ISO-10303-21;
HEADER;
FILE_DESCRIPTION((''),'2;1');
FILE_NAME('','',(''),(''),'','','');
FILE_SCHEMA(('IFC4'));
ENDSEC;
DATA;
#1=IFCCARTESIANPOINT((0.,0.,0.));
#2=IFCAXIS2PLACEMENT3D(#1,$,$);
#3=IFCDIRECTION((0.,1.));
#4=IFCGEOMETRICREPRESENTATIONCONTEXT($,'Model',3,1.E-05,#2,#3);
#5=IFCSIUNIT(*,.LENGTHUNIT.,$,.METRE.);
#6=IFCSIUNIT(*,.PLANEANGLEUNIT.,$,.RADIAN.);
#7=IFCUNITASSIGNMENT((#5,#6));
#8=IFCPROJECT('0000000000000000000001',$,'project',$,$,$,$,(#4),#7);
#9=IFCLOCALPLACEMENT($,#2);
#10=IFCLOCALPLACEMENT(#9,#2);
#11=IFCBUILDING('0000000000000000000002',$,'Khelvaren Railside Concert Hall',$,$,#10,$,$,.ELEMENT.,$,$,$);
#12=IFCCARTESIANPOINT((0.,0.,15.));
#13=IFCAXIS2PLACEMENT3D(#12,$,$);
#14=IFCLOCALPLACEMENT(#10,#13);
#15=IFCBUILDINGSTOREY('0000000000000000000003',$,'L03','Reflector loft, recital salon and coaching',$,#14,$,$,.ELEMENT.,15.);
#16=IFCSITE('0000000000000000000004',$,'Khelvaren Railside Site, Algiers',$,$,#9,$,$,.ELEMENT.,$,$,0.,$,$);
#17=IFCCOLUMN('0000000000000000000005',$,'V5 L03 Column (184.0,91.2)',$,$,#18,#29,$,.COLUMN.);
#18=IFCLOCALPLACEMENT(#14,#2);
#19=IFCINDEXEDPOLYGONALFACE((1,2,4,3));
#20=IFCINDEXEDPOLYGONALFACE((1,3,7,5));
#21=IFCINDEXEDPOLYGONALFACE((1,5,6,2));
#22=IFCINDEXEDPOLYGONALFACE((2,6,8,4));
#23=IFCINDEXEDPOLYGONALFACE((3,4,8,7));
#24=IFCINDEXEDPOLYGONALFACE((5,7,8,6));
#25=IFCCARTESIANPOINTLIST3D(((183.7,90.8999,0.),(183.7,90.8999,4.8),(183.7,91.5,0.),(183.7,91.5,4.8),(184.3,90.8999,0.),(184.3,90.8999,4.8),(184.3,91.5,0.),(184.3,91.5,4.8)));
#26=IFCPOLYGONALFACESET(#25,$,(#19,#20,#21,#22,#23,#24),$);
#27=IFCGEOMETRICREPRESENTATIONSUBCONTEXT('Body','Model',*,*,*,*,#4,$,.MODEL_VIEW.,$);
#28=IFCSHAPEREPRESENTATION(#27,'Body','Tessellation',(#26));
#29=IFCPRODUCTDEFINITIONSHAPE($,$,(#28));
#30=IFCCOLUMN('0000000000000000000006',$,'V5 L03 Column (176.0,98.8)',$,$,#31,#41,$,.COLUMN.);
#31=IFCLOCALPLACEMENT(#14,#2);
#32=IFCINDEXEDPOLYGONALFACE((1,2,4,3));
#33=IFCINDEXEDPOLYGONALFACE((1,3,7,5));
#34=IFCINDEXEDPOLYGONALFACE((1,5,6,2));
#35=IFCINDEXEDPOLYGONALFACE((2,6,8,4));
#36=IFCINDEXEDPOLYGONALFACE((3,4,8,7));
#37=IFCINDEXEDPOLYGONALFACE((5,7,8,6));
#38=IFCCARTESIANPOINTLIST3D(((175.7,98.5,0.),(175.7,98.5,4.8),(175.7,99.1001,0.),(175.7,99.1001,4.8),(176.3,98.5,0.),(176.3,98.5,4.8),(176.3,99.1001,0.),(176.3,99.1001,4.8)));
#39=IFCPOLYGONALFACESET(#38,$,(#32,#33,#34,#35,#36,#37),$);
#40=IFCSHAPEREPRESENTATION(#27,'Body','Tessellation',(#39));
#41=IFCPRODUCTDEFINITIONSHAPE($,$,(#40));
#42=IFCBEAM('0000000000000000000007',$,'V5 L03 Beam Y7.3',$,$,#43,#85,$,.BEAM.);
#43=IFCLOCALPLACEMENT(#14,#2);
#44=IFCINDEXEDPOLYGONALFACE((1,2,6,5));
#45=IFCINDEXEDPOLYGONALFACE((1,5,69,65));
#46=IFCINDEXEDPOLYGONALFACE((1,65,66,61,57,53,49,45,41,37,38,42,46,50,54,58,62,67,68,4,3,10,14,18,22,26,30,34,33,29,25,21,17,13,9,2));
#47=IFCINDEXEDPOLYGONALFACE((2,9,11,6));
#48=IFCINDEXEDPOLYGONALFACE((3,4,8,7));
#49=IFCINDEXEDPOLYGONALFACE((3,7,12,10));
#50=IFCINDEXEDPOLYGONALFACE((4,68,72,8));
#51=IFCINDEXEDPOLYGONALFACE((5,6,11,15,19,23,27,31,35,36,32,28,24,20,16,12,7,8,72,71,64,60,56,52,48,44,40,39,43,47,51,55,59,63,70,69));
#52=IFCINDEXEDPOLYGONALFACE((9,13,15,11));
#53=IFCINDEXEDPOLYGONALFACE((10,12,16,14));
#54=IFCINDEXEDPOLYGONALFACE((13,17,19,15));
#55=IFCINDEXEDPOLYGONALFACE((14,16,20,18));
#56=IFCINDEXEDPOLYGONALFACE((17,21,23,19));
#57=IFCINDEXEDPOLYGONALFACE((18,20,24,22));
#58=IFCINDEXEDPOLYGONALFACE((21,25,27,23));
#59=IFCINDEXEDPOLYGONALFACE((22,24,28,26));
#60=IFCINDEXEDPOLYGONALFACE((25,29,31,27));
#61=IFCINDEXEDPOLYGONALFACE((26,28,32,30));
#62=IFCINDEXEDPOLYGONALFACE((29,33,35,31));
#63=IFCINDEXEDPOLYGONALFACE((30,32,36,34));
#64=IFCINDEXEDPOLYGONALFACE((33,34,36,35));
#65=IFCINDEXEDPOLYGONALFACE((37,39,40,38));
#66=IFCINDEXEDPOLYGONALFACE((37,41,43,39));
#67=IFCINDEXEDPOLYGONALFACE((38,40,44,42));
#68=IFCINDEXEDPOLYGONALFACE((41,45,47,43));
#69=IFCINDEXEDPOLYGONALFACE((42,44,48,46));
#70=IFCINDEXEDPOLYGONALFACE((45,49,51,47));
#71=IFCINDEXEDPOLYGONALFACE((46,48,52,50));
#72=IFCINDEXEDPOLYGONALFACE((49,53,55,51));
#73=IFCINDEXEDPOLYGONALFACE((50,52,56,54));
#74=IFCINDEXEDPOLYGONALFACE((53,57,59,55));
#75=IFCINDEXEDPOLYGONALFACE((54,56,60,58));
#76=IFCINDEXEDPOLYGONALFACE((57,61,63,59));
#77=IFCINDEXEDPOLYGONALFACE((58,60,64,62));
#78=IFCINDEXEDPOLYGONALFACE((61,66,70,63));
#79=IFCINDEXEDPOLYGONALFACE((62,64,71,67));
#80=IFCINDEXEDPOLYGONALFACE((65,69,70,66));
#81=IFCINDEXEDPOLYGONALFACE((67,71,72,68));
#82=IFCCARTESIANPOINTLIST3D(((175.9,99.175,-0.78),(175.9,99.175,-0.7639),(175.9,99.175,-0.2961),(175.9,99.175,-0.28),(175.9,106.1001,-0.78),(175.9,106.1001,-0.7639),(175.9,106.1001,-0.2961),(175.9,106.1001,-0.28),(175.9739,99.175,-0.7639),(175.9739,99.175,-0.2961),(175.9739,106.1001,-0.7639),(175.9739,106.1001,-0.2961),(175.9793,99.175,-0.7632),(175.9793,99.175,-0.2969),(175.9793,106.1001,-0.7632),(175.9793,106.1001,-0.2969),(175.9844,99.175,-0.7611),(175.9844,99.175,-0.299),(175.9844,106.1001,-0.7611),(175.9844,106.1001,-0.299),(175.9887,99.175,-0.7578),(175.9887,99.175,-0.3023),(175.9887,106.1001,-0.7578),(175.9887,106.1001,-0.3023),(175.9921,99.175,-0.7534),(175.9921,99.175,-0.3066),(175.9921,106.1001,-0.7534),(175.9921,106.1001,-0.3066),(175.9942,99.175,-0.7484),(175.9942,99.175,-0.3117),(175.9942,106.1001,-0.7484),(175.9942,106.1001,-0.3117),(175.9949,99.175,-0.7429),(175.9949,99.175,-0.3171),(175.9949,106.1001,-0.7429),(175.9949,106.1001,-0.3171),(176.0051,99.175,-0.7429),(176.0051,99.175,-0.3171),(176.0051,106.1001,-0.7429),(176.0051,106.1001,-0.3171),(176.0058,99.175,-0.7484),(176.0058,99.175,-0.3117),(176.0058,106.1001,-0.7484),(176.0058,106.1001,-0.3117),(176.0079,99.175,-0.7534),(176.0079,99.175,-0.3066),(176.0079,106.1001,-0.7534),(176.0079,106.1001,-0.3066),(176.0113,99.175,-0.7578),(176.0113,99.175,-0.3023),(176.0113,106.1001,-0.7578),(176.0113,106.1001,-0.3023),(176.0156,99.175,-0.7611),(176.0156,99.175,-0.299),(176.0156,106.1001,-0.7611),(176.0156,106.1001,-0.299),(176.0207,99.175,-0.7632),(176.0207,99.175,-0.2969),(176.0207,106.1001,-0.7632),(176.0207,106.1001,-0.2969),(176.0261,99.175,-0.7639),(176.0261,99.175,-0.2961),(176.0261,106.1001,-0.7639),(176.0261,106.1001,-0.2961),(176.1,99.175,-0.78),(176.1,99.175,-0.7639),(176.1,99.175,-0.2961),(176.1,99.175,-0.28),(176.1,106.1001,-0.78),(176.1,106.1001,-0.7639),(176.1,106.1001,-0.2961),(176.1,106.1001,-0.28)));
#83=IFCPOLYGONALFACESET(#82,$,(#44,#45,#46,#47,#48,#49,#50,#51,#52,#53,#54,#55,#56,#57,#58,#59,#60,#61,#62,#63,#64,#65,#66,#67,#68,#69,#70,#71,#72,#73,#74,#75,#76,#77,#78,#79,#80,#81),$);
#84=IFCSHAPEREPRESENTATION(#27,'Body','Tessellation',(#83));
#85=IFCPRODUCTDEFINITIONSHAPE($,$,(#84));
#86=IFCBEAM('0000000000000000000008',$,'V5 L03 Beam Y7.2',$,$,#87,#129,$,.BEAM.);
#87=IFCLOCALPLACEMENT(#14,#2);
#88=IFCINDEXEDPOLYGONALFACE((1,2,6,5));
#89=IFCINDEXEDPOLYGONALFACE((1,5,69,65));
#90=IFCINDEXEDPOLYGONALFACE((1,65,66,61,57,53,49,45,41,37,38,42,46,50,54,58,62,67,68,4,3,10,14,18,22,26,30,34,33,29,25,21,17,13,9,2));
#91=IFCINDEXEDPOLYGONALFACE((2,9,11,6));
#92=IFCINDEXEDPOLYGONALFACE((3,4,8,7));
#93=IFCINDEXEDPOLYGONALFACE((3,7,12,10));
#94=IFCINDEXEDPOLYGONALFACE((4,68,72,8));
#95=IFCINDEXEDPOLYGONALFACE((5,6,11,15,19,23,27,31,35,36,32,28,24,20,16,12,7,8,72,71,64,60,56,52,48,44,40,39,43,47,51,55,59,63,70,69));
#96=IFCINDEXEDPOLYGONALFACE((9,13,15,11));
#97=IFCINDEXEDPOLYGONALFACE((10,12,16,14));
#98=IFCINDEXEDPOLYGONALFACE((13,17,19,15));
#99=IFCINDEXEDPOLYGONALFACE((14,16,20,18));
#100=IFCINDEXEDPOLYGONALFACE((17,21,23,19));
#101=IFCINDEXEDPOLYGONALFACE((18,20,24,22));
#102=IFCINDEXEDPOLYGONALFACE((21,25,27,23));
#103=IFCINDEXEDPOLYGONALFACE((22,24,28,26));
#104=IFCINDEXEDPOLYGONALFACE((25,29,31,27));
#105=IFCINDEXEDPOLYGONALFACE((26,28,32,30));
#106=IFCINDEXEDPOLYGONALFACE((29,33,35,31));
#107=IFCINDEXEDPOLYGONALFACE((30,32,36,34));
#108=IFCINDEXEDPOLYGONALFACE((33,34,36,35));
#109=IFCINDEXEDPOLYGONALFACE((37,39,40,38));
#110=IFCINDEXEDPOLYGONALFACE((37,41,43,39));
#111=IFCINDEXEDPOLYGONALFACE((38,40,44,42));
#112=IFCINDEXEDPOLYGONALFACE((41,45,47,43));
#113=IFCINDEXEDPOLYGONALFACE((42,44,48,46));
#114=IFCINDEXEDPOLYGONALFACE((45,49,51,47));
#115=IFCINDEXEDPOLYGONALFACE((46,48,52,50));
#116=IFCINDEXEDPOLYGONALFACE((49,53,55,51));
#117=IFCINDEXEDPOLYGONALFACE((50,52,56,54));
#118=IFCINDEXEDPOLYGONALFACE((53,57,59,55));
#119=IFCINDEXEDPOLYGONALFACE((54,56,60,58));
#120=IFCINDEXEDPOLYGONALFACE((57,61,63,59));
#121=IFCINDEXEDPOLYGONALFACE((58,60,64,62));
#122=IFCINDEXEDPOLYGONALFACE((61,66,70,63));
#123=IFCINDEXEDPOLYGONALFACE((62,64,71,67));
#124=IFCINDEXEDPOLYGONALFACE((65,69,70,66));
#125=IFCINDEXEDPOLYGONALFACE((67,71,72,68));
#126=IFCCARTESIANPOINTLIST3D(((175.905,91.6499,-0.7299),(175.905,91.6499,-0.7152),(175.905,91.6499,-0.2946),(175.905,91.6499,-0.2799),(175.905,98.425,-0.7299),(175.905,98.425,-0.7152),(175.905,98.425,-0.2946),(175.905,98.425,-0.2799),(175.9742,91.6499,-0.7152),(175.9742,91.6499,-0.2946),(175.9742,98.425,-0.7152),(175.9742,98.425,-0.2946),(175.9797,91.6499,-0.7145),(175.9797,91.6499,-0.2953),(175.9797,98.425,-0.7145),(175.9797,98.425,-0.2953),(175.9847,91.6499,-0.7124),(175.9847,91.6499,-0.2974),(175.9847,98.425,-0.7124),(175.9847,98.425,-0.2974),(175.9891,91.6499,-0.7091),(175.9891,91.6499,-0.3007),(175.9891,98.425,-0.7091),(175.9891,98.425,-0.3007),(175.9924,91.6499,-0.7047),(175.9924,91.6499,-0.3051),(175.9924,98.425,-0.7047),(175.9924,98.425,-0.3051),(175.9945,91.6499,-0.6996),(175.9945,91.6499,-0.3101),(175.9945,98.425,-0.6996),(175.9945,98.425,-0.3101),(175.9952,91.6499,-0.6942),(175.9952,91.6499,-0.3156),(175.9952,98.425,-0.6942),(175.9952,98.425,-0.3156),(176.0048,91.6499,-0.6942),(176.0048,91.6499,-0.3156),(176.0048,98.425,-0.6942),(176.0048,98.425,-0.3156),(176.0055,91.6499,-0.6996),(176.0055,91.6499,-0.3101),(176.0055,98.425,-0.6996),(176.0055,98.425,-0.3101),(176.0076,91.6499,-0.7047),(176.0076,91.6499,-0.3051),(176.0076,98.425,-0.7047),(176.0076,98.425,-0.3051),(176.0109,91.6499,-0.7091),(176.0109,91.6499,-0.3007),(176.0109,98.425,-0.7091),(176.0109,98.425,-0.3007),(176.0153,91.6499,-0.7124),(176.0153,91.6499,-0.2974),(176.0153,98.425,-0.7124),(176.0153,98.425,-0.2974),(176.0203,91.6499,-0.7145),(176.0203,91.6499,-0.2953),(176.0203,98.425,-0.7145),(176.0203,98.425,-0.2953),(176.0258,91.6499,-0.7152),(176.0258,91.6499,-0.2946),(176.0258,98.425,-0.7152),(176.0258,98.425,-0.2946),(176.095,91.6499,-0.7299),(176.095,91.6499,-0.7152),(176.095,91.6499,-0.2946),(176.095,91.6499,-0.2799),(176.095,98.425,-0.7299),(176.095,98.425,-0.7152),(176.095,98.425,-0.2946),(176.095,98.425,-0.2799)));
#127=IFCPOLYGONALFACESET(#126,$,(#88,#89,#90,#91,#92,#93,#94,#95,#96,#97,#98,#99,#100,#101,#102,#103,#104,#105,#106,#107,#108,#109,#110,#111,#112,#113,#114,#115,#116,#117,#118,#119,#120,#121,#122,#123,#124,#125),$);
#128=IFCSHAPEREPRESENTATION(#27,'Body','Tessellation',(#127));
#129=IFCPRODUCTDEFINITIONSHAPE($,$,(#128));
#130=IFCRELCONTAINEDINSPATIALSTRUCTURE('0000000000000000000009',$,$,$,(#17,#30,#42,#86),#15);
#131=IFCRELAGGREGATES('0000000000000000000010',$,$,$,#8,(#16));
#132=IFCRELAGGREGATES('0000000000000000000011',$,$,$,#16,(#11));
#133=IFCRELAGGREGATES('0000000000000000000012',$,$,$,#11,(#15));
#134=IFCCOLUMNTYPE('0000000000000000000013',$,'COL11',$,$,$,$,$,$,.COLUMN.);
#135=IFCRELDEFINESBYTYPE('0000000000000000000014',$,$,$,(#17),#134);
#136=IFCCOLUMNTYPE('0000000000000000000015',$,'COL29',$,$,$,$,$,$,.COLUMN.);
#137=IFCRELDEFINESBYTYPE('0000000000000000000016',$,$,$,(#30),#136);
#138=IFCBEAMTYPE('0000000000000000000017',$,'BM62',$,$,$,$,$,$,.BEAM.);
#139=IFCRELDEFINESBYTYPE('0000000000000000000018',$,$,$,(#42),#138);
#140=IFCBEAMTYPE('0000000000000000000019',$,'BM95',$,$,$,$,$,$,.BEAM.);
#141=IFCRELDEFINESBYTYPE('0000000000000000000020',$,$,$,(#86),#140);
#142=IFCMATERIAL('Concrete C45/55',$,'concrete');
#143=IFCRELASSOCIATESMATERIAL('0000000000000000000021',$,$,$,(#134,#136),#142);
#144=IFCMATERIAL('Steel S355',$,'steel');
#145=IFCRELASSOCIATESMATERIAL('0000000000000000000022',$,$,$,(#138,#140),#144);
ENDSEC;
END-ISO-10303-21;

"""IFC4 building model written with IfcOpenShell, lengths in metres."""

from ifc_helpers import new_model, si_unit, direction, frame, origin, origin_2d, place, context, subcontext, project, spatial, rectangle, i_section, extrude, material, material_profile, profile_set, type_object, element, save


model = new_model("IFC4")

# Units and contexts
model_context = context("Model", 3, precision=1e-05, world=origin(), true_north=direction((0.0, 1.0)))
body_context = subcontext(model_context, "Body", "Model", "MODEL_VIEW")
ifc_project = project(units=[si_unit("LENGTHUNIT", "METRE"), si_unit("PLANEANGLEUNIT", "RADIAN")], contexts=[model_context])

# Site, building, storey
site_placement = place(None, origin())
site = spatial("IfcSite", under=ifc_project, at=site_placement, Name="Khelvaren Railside Site, Algiers", CompositionType="ELEMENT", RefElevation=0.0)
building_placement = place(site_placement, origin())
building = spatial("IfcBuilding", under=site, at=building_placement, Name="Khelvaren Railside Concert Hall", CompositionType="ELEMENT")
storey_placement = place(building_placement, frame((0.0, 0.0, 15.0)))
storey = spatial("IfcBuildingStorey", under=building, at=storey_placement, Name="L03", Description="Reflector loft, recital salon and coaching", CompositionType="ELEMENT", Elevation=15.0)

# Columns
ifc_material_1 = material(Name="Concrete C45/55", Category="concrete")
ifc_material_profile_1 = material_profile(ifc_material_1, rectangle(XDim=0.6001, YDim=0.6001, at=origin_2d()), Name="RC 600x600")
ifc_profile_set_1 = profile_set([ifc_material_profile_1], Name="Concrete C45/55")
column_type_1 = type_object("IfcColumnType", Name="COL11", PredefinedType="COLUMN", material=ifc_profile_set_1)
column_1_placement = place(storey_placement, frame((184.0, 91.2, 0.0), z_axis=(0.0, 0.0, 1.0), x_axis=(1.0, 0.0, 0.0)))
element("IfcColumn", 1, at=column_1_placement, inside=storey, type_object=column_type_1, Name="V5 L03 Column (184.0,91.2)", PredefinedType="COLUMN", context=body_context, shape_type="SweptSolid", body=[
    extrude(rectangle(XDim=0.6001, YDim=0.6001, at=origin_2d()), origin(), (0.0, 0.0, 1.0), 4.8),
])
ifc_material_profile_2 = material_profile(ifc_material_1, rectangle(XDim=0.6001, YDim=0.6001, at=origin_2d()), Name="RC 600x600")
ifc_profile_set_2 = profile_set([ifc_material_profile_2], Name="Concrete C45/55")
column_type_2 = type_object("IfcColumnType", Name="COL29", PredefinedType="COLUMN", material=ifc_profile_set_2)
column_2_placement = place(storey_placement, frame((176.0, 98.8, 0.0), z_axis=(0.0, 0.0, 1.0), x_axis=(1.0, 0.0, 0.0)))
element("IfcColumn", 2, at=column_2_placement, inside=storey, type_object=column_type_2, Name="V5 L03 Column (176.0,98.8)", PredefinedType="COLUMN", context=body_context, shape_type="SweptSolid", body=[
    extrude(rectangle(XDim=0.6001, YDim=0.6001, at=origin_2d()), origin(), (0.0, 0.0, 1.0), 4.8),
])

# Beams
ifc_material_2 = material(Name="Steel S355", Category="steel")
ifc_material_profile_3 = material_profile(ifc_material_2, i_section(OverallWidth=0.2, OverallDepth=0.5, WebThickness=0.0103, FlangeThickness=0.0161, FilletRadius=0.021, at=origin_2d()), Name="IPE 500")
ifc_profile_set_3 = profile_set([ifc_material_profile_3], Name="Steel S355")
beam_type_1 = type_object("IfcBeamType", Name="BM62", PredefinedType="BEAM", material=ifc_profile_set_3)
beam_1_placement = place(storey_placement, frame((176.0, 99.175, -0.53), z_axis=(0.0, 1.0, 0.0), x_axis=(-1.0, 0.0, 0.0)))
element("IfcBeam", 3, at=beam_1_placement, inside=storey, type_object=beam_type_1, Name="V5 L03 Beam Y7.3", PredefinedType="BEAM", context=body_context, shape_type="SweptSolid", body=[
    extrude(i_section(OverallWidth=0.2, OverallDepth=0.5, WebThickness=0.0103, FlangeThickness=0.0161, FilletRadius=0.021, at=origin_2d()), origin(), (0.0, 0.0, 1.0), 6.925),
])
ifc_material_profile_4 = material_profile(ifc_material_2, i_section(OverallWidth=0.1899, OverallDepth=0.45, WebThickness=0.0095, FlangeThickness=0.0146, FilletRadius=0.021, at=origin_2d()), Name="IPE 450")
ifc_profile_set_4 = profile_set([ifc_material_profile_4], Name="Steel S355")
beam_type_2 = type_object("IfcBeamType", Name="BM95", PredefinedType="BEAM", material=ifc_profile_set_4)
beam_2_placement = place(storey_placement, frame((176.0, 91.6499, -0.5049), z_axis=(0.0, 1.0, 0.0), x_axis=(-1.0, 0.0, 0.0)))
element("IfcBeam", 4, at=beam_2_placement, inside=storey, type_object=beam_type_2, Name="V5 L03 Beam Y7.2", PredefinedType="BEAM", context=body_context, shape_type="SweptSolid", body=[
    extrude(i_section(OverallWidth=0.1899, OverallDepth=0.45, WebThickness=0.0095, FlangeThickness=0.0146, FilletRadius=0.021, at=origin_2d()), origin(), (0.0, 0.0, 1.0), 6.7751),
])

save(model, "model.ifc")
